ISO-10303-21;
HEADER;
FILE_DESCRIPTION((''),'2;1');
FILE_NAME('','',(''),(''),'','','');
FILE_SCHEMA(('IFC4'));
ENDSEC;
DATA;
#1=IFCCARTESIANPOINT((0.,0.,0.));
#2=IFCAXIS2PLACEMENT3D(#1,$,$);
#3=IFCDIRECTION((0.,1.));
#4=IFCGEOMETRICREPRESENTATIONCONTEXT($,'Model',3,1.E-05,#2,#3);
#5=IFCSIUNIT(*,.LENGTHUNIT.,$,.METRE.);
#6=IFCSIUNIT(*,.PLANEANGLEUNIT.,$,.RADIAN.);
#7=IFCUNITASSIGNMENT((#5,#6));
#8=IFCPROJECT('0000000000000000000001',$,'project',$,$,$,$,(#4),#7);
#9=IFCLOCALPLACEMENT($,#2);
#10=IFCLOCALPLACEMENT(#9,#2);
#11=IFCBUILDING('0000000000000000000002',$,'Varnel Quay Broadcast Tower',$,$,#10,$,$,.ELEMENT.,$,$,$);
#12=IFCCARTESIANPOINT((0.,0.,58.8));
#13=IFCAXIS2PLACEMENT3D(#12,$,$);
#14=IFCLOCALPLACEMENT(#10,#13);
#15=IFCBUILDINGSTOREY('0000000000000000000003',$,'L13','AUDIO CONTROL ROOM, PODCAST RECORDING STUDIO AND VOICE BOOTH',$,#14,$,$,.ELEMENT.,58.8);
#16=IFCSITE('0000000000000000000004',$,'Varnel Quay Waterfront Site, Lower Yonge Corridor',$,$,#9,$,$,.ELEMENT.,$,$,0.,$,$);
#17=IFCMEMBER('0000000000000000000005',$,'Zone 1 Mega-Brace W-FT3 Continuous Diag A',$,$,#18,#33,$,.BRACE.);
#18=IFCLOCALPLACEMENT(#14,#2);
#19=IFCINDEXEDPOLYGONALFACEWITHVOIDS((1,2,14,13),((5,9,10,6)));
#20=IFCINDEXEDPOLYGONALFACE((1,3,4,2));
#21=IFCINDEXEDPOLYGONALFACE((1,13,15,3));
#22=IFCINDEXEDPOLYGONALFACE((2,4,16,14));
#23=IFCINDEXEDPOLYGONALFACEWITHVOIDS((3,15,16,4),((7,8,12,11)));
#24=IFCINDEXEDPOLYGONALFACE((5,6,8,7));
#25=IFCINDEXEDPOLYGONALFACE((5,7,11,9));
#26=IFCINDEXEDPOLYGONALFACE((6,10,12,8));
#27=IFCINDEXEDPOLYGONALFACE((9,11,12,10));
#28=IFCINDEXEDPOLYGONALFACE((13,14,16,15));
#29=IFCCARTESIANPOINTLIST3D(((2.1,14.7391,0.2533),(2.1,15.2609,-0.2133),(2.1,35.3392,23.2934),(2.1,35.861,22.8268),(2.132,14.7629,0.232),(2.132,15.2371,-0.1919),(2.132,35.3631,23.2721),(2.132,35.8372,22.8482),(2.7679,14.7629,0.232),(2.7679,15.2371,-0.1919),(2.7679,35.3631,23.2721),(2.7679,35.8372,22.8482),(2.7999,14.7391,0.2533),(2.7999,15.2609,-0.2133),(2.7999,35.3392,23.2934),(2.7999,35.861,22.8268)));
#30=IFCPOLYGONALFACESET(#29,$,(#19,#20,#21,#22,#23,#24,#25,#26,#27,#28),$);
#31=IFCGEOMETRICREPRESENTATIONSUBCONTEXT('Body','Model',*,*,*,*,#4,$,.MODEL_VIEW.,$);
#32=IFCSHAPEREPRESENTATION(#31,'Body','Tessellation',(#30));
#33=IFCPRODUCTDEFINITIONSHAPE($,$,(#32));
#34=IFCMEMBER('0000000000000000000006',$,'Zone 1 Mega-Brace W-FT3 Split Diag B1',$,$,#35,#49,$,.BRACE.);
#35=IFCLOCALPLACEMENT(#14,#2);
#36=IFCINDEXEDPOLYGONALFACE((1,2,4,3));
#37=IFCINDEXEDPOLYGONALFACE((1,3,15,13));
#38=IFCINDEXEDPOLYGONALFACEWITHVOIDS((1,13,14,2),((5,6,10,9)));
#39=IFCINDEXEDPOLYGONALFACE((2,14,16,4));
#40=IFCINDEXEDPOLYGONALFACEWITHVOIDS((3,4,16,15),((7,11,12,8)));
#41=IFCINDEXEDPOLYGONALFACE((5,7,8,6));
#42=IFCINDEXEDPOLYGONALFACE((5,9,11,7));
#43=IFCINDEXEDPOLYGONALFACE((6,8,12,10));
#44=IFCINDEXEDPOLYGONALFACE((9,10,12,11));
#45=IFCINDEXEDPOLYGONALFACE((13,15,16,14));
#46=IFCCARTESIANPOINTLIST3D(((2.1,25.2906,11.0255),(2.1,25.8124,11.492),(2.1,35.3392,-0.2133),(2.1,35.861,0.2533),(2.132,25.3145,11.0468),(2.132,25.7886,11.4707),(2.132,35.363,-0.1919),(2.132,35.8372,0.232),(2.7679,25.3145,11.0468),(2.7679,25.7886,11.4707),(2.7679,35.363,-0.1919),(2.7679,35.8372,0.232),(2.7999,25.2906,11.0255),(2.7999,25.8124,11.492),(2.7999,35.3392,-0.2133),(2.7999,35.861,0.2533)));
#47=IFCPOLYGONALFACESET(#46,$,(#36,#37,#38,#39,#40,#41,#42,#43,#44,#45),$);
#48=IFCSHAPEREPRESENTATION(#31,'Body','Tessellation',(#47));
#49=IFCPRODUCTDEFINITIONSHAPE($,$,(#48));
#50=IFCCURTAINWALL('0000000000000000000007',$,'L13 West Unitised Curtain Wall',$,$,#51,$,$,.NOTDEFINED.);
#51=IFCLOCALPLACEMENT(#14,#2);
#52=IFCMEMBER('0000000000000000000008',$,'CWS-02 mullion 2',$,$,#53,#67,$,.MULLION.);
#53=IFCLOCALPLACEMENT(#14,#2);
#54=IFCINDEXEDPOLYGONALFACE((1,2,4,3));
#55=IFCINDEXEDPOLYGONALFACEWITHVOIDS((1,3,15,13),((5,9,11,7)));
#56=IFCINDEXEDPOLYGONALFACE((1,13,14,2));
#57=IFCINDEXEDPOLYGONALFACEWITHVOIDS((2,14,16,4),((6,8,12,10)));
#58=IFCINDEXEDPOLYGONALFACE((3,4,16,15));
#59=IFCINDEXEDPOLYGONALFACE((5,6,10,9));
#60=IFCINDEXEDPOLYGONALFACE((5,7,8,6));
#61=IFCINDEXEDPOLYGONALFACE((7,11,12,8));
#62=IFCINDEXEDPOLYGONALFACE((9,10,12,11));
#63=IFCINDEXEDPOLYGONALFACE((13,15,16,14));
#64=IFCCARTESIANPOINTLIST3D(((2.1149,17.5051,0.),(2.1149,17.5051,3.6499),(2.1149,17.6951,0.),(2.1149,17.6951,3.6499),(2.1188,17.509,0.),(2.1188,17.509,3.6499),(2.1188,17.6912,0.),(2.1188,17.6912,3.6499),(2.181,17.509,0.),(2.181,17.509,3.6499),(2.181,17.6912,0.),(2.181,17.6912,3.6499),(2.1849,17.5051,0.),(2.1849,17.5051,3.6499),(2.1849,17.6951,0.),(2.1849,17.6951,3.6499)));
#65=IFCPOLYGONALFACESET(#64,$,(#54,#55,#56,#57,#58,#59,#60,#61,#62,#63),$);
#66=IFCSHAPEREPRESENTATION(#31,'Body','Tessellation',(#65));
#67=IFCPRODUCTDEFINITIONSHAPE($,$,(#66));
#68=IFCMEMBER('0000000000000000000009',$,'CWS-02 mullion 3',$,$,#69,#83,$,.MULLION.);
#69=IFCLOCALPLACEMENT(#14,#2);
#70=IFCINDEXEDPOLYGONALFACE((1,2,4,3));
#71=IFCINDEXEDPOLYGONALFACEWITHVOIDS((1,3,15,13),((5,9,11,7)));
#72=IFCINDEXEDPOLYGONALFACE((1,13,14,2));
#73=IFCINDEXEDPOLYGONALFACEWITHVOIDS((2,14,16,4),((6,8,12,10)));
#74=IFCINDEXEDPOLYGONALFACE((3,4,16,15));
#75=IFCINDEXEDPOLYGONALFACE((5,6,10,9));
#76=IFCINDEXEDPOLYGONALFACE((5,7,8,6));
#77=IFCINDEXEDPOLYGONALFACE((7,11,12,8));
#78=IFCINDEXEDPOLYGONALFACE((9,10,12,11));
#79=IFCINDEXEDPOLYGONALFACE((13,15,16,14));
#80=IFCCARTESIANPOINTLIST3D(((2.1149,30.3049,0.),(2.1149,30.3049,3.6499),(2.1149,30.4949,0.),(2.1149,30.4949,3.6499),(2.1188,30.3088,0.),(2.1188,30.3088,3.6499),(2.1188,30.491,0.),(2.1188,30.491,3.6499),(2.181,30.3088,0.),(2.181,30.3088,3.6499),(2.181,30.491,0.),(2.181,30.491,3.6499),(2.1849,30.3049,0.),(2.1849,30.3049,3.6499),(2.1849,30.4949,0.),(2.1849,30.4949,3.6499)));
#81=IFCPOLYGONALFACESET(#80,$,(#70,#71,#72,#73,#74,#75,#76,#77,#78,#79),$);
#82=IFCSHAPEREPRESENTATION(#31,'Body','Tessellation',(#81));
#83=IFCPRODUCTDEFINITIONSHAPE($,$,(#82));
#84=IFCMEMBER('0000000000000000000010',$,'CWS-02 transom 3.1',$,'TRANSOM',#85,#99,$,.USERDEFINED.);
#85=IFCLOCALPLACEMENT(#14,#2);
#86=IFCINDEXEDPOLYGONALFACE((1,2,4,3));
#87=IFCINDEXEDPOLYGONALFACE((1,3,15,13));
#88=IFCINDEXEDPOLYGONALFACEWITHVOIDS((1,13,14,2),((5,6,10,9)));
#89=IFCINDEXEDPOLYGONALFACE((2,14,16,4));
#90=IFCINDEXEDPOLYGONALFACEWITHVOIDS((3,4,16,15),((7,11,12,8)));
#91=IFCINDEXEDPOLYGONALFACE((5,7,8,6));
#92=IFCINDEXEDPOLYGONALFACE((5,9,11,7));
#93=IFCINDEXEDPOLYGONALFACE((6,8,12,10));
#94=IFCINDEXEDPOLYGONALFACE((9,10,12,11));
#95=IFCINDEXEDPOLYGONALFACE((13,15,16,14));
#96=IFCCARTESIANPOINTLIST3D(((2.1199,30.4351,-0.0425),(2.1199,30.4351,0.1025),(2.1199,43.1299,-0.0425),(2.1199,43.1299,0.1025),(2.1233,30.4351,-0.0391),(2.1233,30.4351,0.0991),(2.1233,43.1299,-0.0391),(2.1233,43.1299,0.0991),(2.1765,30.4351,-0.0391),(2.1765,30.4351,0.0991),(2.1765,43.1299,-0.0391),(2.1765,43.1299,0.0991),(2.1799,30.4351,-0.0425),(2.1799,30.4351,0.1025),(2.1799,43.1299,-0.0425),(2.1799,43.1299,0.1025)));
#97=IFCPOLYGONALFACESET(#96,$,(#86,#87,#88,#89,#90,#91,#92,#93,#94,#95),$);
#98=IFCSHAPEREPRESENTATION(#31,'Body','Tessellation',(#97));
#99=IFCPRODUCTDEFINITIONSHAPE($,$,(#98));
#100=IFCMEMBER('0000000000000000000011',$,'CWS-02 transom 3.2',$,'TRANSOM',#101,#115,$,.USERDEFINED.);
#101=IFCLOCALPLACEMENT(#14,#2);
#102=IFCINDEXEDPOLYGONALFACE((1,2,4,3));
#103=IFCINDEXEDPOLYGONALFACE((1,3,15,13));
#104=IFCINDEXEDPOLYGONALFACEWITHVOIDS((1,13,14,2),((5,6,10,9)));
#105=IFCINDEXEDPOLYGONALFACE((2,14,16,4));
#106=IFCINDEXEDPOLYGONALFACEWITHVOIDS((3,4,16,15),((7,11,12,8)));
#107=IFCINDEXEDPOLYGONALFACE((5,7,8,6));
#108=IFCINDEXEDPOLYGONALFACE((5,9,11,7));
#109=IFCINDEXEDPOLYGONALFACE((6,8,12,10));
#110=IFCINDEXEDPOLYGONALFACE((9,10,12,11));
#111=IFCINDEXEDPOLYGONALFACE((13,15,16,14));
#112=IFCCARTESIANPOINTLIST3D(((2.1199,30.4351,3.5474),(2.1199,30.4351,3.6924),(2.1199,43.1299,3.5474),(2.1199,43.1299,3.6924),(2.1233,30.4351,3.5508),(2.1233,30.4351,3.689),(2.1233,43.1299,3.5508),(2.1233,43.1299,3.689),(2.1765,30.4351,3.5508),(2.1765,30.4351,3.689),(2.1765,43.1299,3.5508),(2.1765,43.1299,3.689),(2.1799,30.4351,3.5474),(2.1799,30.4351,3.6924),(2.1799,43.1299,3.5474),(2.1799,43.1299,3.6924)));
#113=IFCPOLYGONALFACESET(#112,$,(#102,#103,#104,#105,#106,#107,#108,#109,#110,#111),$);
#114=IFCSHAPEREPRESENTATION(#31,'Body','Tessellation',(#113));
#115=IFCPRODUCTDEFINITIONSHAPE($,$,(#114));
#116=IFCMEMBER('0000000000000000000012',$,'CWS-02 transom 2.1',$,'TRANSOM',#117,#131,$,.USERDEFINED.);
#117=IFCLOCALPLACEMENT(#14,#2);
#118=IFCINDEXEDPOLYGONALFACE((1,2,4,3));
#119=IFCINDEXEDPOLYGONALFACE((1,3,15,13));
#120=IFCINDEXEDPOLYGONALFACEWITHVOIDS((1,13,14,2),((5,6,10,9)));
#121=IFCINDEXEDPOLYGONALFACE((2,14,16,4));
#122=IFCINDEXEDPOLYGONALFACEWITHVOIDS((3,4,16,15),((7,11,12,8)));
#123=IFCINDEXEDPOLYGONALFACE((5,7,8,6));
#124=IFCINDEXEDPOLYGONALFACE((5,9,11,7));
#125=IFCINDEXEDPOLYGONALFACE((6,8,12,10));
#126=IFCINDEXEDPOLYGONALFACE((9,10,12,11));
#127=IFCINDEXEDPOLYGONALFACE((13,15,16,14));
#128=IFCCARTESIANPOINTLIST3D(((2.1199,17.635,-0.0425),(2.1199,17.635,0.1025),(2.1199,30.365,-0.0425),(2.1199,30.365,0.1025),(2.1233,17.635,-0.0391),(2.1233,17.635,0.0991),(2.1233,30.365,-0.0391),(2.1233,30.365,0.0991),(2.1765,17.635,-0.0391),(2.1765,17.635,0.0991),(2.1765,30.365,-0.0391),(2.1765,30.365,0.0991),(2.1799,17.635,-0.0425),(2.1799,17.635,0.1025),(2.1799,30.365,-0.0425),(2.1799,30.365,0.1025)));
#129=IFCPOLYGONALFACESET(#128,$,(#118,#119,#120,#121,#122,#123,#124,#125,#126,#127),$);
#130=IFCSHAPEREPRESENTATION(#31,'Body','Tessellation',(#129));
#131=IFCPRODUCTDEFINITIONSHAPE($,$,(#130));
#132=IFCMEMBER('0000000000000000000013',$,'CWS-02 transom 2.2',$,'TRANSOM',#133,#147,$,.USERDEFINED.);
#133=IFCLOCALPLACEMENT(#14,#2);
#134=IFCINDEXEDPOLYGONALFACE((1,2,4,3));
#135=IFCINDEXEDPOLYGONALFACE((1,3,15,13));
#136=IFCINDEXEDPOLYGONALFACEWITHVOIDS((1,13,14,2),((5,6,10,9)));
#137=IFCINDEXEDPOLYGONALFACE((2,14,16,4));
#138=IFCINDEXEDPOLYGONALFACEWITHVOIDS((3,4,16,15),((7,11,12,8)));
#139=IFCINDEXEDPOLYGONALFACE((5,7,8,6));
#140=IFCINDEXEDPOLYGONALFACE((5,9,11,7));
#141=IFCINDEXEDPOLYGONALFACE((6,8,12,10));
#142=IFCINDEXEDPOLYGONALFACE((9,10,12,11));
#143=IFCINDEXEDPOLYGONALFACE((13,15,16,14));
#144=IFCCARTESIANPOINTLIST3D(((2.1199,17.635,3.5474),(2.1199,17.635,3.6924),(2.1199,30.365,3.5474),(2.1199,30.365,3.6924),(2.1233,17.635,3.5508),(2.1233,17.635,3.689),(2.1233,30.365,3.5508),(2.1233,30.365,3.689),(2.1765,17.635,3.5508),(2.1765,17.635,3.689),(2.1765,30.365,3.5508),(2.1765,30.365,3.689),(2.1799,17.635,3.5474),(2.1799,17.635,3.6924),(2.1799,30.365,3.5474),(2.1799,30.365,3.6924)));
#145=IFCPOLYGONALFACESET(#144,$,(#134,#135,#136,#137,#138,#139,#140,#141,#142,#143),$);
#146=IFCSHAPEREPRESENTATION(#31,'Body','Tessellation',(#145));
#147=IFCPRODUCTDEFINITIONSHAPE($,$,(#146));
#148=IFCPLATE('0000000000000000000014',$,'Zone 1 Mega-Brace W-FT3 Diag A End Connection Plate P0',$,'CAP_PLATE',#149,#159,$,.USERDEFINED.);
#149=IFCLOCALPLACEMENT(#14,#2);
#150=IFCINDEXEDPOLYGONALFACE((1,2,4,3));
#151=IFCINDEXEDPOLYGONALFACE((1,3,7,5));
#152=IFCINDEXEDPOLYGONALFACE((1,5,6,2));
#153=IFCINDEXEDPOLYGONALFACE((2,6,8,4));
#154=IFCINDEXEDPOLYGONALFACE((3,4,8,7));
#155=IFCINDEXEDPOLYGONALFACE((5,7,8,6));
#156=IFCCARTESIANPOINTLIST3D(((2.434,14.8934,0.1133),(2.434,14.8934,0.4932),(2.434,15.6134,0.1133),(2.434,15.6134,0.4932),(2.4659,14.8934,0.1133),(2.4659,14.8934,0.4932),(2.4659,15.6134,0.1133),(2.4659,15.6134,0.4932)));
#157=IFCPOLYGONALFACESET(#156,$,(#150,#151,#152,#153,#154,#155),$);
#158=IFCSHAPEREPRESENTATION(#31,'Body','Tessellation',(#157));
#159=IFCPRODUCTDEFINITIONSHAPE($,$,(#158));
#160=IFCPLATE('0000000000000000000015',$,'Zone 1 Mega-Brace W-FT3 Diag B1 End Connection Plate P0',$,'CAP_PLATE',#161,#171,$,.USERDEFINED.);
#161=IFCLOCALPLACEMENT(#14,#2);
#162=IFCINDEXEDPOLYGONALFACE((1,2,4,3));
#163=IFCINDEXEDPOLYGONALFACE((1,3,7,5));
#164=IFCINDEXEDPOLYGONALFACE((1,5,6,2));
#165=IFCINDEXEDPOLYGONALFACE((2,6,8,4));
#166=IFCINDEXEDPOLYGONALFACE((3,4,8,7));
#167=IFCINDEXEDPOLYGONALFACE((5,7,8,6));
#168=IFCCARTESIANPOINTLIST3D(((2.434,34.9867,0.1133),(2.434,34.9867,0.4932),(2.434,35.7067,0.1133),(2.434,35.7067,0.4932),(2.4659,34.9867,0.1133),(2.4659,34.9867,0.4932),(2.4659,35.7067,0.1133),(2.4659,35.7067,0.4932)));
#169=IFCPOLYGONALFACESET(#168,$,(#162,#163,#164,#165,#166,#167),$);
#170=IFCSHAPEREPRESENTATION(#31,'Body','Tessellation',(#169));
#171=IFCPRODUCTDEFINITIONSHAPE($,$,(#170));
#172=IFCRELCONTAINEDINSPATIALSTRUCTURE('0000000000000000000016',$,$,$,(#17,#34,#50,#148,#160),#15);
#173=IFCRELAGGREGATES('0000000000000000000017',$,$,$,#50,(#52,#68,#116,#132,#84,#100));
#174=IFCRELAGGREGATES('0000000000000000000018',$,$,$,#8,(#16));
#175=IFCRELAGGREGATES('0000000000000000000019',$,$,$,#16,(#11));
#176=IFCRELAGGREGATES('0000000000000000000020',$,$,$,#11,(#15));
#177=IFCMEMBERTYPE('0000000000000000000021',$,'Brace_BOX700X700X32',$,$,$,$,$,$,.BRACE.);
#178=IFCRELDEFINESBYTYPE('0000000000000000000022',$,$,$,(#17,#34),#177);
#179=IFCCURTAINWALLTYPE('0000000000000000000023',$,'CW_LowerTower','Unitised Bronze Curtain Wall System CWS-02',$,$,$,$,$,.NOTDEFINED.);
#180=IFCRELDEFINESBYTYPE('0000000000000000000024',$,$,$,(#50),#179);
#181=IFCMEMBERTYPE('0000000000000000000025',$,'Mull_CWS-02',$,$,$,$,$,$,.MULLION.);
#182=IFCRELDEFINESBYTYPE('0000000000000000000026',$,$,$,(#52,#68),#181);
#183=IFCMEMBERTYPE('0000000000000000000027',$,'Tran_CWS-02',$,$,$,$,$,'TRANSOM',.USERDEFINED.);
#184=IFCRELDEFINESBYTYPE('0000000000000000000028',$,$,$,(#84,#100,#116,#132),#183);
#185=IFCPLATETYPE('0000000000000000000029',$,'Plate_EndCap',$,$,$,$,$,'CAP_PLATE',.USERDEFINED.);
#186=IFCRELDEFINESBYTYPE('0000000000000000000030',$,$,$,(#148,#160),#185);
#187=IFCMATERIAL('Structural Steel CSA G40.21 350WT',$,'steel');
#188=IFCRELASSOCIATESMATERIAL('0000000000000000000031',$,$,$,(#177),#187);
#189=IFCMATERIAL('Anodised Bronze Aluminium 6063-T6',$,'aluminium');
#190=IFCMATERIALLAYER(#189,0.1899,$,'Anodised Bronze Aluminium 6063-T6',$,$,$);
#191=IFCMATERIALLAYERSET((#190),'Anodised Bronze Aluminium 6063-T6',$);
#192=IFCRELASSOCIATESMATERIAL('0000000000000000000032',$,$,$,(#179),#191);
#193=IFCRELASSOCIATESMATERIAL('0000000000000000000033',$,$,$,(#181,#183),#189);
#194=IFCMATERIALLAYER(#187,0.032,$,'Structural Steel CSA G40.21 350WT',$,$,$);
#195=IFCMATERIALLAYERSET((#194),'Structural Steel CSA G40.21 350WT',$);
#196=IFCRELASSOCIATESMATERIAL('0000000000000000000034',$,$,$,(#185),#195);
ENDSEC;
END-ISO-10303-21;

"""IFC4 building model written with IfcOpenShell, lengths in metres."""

from ifc_helpers import new_model, si_unit, direction, frame, origin, origin_2d, place, context, subcontext, project, spatial, rectangle, hollow_rectangle, extrude, source, transform, mapped, material, layer, layer_set, material_profile, profile_set, type_object, type_shapes, element, aggregate, save


model = new_model("IFC4")

# Units and contexts
model_context = context("Model", 3, precision=1e-05, world=origin(), true_north=direction((0.0, 1.0)))
body_context = subcontext(model_context, "Body", "Model", "MODEL_VIEW")
ifc_project = project(units=[si_unit("LENGTHUNIT", "METRE"), si_unit("PLANEANGLEUNIT", "RADIAN")], contexts=[model_context])

# Site, building, storey
site_placement = place(None, origin())
site = spatial("IfcSite", under=ifc_project, at=site_placement, Name="Varnel Quay Waterfront Site, Lower Yonge Corridor", CompositionType="ELEMENT", RefElevation=0.0)
building_placement = place(site_placement, origin())
building = spatial("IfcBuilding", under=site, at=building_placement, Name="Varnel Quay Broadcast Tower", CompositionType="ELEMENT")
storey_placement = place(building_placement, frame((0.0, 0.0, 58.8)))
storey = spatial("IfcBuildingStorey", under=building, at=storey_placement, Name="L13", Description="AUDIO CONTROL ROOM, PODCAST RECORDING STUDIO AND VOICE BOOTH", CompositionType="ELEMENT", Elevation=58.8)

# Shared definitions
ifc_material_1 = material(Name="Structural Steel CSA G40.21 350WT", Category="steel")

# Members
ifc_material_profile_1 = material_profile(ifc_material_1, hollow_rectangle(XDim=0.7, YDim=0.7, WallThickness=0.032, at=origin_2d()), Name="BOX700X700X32")
ifc_profile_set_1 = profile_set([ifc_material_profile_1], Name="Structural Steel CSA G40.21 350WT")
member_type_1 = type_object("IfcMemberType", Name="Brace_BOX700X700X32", PredefinedType="BRACE", material=ifc_profile_set_1)
shared_shape_1 = source(origin(), body_context, "Body", "SweptSolid", [
    extrude(hollow_rectangle(XDim=0.7, YDim=0.7, WallThickness=0.032, at=origin_2d()), origin(), (0.0, 0.0, 1.0), 30.9065),
])
member_1_placement = place(storey_placement, frame((2.45, 15.0, 0.02), z_axis=(0.0, 0.666531, 0.745477), x_axis=(-1.0, 0.0, 0.0)))
element("IfcMember", 1, at=member_1_placement, inside=storey, type_object=member_type_1, Name="Zone 1 Mega-Brace W-FT3 Continuous Diag A", PredefinedType="BRACE", context=body_context, shape_type="MappedRepresentation", body=[
    mapped(shared_shape_1, transform((0.0, 0.0, 0.0), x_axis=(1.0, 0.0, 0.0), y_axis=(0.0, 1.0, 0.0), z_axis=(0.0, 0.0, 1.0), scale=1.0)),
])
shared_shape_2 = source(origin(), body_context, "Body", "SweptSolid", [
    extrude(hollow_rectangle(XDim=0.7, YDim=0.7, WallThickness=0.032, at=origin_2d()), origin(), (0.0, 0.0, 1.0), 15.0759),
])
type_shapes(member_type_1, [shared_shape_1, shared_shape_2])
member_2_placement = place(storey_placement, frame((2.45, 35.6001, 0.02), z_axis=(0.0, -0.666531, 0.745477), x_axis=(1.0, 0.0, 0.0)))
element("IfcMember", 2, at=member_2_placement, inside=storey, type_object=member_type_1, Name="Zone 1 Mega-Brace W-FT3 Split Diag B1", PredefinedType="BRACE", context=body_context, shape_type="MappedRepresentation", body=[
    mapped(shared_shape_2, transform((0.0, 0.0, 0.0), x_axis=(1.0, 0.0, 0.0), y_axis=(0.0, 1.0, 0.0), z_axis=(0.0, 0.0, 1.0), scale=1.0)),
])

# Curtain wall, members
ifc_material_2 = material(Name="Anodised Bronze Aluminium 6063-T6", Category="aluminium")
ifc_layer_1 = layer(ifc_material_2, 0.1899, Name="Anodised Bronze Aluminium 6063-T6")
ifc_layer_set_1 = layer_set([ifc_layer_1], Name="Anodised Bronze Aluminium 6063-T6")
curtain_wall_type = type_object("IfcCurtainWallType", Name="CW_LowerTower", Description="Unitised Bronze Curtain Wall System CWS-02", PredefinedType="NOTDEFINED", material=ifc_layer_set_1)
curtain_wall_placement = place(storey_placement, origin())
curtain_wall = element("IfcCurtainWall", 3, at=curtain_wall_placement, inside=storey, type_object=curtain_wall_type, Name="L13 West Unitised Curtain Wall", PredefinedType="NOTDEFINED")
ifc_material_profile_2 = material_profile(ifc_material_2, hollow_rectangle(XDim=0.0701, YDim=0.1899, WallThickness=0.0039, at=origin_2d()), Name="ALU70X190X4")
ifc_profile_set_2 = profile_set([ifc_material_profile_2], Name="Anodised Bronze Aluminium 6063-T6")
member_type_2 = type_object("IfcMemberType", Name="Mull_CWS-02", PredefinedType="MULLION", material=ifc_profile_set_2)
shared_shape_3 = source(origin(), body_context, "Body", "SweptSolid", [
    extrude(hollow_rectangle(XDim=0.0701, YDim=0.1899, WallThickness=0.0039, at=origin_2d()), origin(), (0.0, 0.0, 1.0), 3.6499),
])
type_shapes(member_type_2, [shared_shape_3])
member_3_placement = place(storey_placement, frame((2.1499, 17.6001, 0.0), z_axis=(0.0, 0.0, 1.0), x_axis=(-1.0, 0.0, 0.0)))
member_3 = element("IfcMember", 4, at=member_3_placement, type_object=member_type_2, Name="CWS-02 mullion 2", PredefinedType="MULLION", context=body_context, shape_type="MappedRepresentation", body=[
    mapped(shared_shape_3, transform((0.0, 0.0, 0.0), x_axis=(1.0, 0.0, 0.0), y_axis=(0.0, 1.0, 0.0), z_axis=(0.0, 0.0, 1.0), scale=1.0)),
])
member_4_placement = place(storey_placement, frame((2.1499, 30.3999, 0.0), z_axis=(0.0, 0.0, 1.0), x_axis=(-1.0, 0.0, 0.0)))
member_4 = element("IfcMember", 5, at=member_4_placement, type_object=member_type_2, Name="CWS-02 mullion 3", PredefinedType="MULLION", context=body_context, shape_type="MappedRepresentation", body=[
    mapped(shared_shape_3, transform((0.0, 0.0, 0.0), x_axis=(1.0, 0.0, 0.0), y_axis=(0.0, 1.0, 0.0), z_axis=(0.0, 0.0, 1.0), scale=1.0)),
])
ifc_material_profile_3 = material_profile(ifc_material_2, hollow_rectangle(XDim=0.0601, YDim=0.145, WallThickness=0.0034, at=origin_2d()), Name="ALU60X145X3.5")
ifc_profile_set_3 = profile_set([ifc_material_profile_3], Name="Anodised Bronze Aluminium 6063-T6")
member_type_3 = type_object("IfcMemberType", Name="Tran_CWS-02", ElementType="TRANSOM", PredefinedType="USERDEFINED", material=ifc_profile_set_3)
shared_shape_4 = source(origin(), body_context, "Body", "SweptSolid", [
    extrude(hollow_rectangle(XDim=0.0601, YDim=0.145, WallThickness=0.0034, at=origin_2d()), origin(), (0.0, 0.0, 1.0), 12.6948),
])
member_5_placement = place(storey_placement, frame((2.1499, 30.4351, 0.03), z_axis=(0.0, 1.0, 0.0), x_axis=(-1.0, 0.0, 0.0)))
member_5 = element("IfcMember", 6, at=member_5_placement, type_object=member_type_3, Name="CWS-02 transom 3.1", ObjectType="TRANSOM", PredefinedType="USERDEFINED", context=body_context, shape_type="MappedRepresentation", body=[
    mapped(shared_shape_4, transform((0.0, 0.0, 0.0), x_axis=(1.0, 0.0, 0.0), y_axis=(0.0, 1.0, 0.0), z_axis=(0.0, 0.0, 1.0), scale=1.0)),
])
member_6_placement = place(storey_placement, frame((2.1499, 30.4351, 3.6199), z_axis=(0.0, 1.0, 0.0), x_axis=(-1.0, 0.0, 0.0)))
member_6 = element("IfcMember", 7, at=member_6_placement, type_object=member_type_3, Name="CWS-02 transom 3.2", ObjectType="TRANSOM", PredefinedType="USERDEFINED", context=body_context, shape_type="MappedRepresentation", body=[
    mapped(shared_shape_4, transform((0.0, 0.0, 0.0), x_axis=(1.0, 0.0, 0.0), y_axis=(0.0, 1.0, 0.0), z_axis=(0.0, 0.0, 1.0), scale=1.0)),
])
shared_shape_5 = source(origin(), body_context, "Body", "SweptSolid", [
    extrude(hollow_rectangle(XDim=0.0601, YDim=0.145, WallThickness=0.0034, at=origin_2d()), origin(), (0.0, 0.0, 1.0), 12.73),
])
type_shapes(member_type_3, [shared_shape_4, shared_shape_5])
member_7_placement = place(storey_placement, frame((2.1499, 17.635, 0.03), z_axis=(0.0, 1.0, 0.0), x_axis=(-1.0, 0.0, 0.0)))
member_7 = element("IfcMember", 8, at=member_7_placement, type_object=member_type_3, Name="CWS-02 transom 2.1", ObjectType="TRANSOM", PredefinedType="USERDEFINED", context=body_context, shape_type="MappedRepresentation", body=[
    mapped(shared_shape_5, transform((0.0, 0.0, 0.0), x_axis=(1.0, 0.0, 0.0), y_axis=(0.0, 1.0, 0.0), z_axis=(0.0, 0.0, 1.0), scale=1.0)),
])
member_8_placement = place(storey_placement, frame((2.1499, 17.635, 3.6199), z_axis=(0.0, 1.0, 0.0), x_axis=(-1.0, 0.0, 0.0)))
member_8 = element("IfcMember", 9, at=member_8_placement, type_object=member_type_3, Name="CWS-02 transom 2.2", ObjectType="TRANSOM", PredefinedType="USERDEFINED", context=body_context, shape_type="MappedRepresentation", body=[
    mapped(shared_shape_5, transform((0.0, 0.0, 0.0), x_axis=(1.0, 0.0, 0.0), y_axis=(0.0, 1.0, 0.0), z_axis=(0.0, 0.0, 1.0), scale=1.0)),
])

# Plates
ifc_layer_2 = layer(ifc_material_1, 0.032, Name="Structural Steel CSA G40.21 350WT")
ifc_layer_set_2 = layer_set([ifc_layer_2], Name="Structural Steel CSA G40.21 350WT")
plate_type_1 = type_object("IfcPlateType", Name="Plate_EndCap", ElementType="CAP_PLATE", PredefinedType="USERDEFINED", material=ifc_layer_set_2)
shared_shape_6 = source(origin(), body_context, "Body", "SweptSolid", [
    extrude(rectangle(XDim=0.72, YDim=0.032, at=origin_2d()), origin(), (0.0, 0.0, 1.0), 0.3799),
])
type_shapes(plate_type_1, [shared_shape_6])
for number, where, z_axis, x_axis, name in (
    (10, (2.45, 15.2534, 0.1133), (0.0, 0.0, 1.0), (0.0, 1.0, 0.0), "Zone 1 Mega-Brace W-FT3 Diag A End Connection Plate P0"),
    (11, (2.45, 35.3467, 0.1133), (0.0, 0.0, 1.0), (0.0, 1.0, 0.0), "Zone 1 Mega-Brace W-FT3 Diag B1 End Connection Plate P0"),
):
    element("IfcPlate", number, at=place(storey_placement, frame(where, z_axis=z_axis, x_axis=x_axis)), inside=storey, type_object=plate_type_1, Name=name, ObjectType="CAP_PLATE", PredefinedType="USERDEFINED", context=body_context, shape_type="MappedRepresentation", body=[
        mapped(shared_shape_6, transform((0.0, 0.0, 0.0), x_axis=(1.0, 0.0, 0.0), y_axis=(0.0, 1.0, 0.0), z_axis=(0.0, 0.0, 1.0), scale=1.0)),
    ])

aggregate(curtain_wall, [member_3, member_4, member_7, member_8, member_5, member_6])

save(model, "model.ifc")
